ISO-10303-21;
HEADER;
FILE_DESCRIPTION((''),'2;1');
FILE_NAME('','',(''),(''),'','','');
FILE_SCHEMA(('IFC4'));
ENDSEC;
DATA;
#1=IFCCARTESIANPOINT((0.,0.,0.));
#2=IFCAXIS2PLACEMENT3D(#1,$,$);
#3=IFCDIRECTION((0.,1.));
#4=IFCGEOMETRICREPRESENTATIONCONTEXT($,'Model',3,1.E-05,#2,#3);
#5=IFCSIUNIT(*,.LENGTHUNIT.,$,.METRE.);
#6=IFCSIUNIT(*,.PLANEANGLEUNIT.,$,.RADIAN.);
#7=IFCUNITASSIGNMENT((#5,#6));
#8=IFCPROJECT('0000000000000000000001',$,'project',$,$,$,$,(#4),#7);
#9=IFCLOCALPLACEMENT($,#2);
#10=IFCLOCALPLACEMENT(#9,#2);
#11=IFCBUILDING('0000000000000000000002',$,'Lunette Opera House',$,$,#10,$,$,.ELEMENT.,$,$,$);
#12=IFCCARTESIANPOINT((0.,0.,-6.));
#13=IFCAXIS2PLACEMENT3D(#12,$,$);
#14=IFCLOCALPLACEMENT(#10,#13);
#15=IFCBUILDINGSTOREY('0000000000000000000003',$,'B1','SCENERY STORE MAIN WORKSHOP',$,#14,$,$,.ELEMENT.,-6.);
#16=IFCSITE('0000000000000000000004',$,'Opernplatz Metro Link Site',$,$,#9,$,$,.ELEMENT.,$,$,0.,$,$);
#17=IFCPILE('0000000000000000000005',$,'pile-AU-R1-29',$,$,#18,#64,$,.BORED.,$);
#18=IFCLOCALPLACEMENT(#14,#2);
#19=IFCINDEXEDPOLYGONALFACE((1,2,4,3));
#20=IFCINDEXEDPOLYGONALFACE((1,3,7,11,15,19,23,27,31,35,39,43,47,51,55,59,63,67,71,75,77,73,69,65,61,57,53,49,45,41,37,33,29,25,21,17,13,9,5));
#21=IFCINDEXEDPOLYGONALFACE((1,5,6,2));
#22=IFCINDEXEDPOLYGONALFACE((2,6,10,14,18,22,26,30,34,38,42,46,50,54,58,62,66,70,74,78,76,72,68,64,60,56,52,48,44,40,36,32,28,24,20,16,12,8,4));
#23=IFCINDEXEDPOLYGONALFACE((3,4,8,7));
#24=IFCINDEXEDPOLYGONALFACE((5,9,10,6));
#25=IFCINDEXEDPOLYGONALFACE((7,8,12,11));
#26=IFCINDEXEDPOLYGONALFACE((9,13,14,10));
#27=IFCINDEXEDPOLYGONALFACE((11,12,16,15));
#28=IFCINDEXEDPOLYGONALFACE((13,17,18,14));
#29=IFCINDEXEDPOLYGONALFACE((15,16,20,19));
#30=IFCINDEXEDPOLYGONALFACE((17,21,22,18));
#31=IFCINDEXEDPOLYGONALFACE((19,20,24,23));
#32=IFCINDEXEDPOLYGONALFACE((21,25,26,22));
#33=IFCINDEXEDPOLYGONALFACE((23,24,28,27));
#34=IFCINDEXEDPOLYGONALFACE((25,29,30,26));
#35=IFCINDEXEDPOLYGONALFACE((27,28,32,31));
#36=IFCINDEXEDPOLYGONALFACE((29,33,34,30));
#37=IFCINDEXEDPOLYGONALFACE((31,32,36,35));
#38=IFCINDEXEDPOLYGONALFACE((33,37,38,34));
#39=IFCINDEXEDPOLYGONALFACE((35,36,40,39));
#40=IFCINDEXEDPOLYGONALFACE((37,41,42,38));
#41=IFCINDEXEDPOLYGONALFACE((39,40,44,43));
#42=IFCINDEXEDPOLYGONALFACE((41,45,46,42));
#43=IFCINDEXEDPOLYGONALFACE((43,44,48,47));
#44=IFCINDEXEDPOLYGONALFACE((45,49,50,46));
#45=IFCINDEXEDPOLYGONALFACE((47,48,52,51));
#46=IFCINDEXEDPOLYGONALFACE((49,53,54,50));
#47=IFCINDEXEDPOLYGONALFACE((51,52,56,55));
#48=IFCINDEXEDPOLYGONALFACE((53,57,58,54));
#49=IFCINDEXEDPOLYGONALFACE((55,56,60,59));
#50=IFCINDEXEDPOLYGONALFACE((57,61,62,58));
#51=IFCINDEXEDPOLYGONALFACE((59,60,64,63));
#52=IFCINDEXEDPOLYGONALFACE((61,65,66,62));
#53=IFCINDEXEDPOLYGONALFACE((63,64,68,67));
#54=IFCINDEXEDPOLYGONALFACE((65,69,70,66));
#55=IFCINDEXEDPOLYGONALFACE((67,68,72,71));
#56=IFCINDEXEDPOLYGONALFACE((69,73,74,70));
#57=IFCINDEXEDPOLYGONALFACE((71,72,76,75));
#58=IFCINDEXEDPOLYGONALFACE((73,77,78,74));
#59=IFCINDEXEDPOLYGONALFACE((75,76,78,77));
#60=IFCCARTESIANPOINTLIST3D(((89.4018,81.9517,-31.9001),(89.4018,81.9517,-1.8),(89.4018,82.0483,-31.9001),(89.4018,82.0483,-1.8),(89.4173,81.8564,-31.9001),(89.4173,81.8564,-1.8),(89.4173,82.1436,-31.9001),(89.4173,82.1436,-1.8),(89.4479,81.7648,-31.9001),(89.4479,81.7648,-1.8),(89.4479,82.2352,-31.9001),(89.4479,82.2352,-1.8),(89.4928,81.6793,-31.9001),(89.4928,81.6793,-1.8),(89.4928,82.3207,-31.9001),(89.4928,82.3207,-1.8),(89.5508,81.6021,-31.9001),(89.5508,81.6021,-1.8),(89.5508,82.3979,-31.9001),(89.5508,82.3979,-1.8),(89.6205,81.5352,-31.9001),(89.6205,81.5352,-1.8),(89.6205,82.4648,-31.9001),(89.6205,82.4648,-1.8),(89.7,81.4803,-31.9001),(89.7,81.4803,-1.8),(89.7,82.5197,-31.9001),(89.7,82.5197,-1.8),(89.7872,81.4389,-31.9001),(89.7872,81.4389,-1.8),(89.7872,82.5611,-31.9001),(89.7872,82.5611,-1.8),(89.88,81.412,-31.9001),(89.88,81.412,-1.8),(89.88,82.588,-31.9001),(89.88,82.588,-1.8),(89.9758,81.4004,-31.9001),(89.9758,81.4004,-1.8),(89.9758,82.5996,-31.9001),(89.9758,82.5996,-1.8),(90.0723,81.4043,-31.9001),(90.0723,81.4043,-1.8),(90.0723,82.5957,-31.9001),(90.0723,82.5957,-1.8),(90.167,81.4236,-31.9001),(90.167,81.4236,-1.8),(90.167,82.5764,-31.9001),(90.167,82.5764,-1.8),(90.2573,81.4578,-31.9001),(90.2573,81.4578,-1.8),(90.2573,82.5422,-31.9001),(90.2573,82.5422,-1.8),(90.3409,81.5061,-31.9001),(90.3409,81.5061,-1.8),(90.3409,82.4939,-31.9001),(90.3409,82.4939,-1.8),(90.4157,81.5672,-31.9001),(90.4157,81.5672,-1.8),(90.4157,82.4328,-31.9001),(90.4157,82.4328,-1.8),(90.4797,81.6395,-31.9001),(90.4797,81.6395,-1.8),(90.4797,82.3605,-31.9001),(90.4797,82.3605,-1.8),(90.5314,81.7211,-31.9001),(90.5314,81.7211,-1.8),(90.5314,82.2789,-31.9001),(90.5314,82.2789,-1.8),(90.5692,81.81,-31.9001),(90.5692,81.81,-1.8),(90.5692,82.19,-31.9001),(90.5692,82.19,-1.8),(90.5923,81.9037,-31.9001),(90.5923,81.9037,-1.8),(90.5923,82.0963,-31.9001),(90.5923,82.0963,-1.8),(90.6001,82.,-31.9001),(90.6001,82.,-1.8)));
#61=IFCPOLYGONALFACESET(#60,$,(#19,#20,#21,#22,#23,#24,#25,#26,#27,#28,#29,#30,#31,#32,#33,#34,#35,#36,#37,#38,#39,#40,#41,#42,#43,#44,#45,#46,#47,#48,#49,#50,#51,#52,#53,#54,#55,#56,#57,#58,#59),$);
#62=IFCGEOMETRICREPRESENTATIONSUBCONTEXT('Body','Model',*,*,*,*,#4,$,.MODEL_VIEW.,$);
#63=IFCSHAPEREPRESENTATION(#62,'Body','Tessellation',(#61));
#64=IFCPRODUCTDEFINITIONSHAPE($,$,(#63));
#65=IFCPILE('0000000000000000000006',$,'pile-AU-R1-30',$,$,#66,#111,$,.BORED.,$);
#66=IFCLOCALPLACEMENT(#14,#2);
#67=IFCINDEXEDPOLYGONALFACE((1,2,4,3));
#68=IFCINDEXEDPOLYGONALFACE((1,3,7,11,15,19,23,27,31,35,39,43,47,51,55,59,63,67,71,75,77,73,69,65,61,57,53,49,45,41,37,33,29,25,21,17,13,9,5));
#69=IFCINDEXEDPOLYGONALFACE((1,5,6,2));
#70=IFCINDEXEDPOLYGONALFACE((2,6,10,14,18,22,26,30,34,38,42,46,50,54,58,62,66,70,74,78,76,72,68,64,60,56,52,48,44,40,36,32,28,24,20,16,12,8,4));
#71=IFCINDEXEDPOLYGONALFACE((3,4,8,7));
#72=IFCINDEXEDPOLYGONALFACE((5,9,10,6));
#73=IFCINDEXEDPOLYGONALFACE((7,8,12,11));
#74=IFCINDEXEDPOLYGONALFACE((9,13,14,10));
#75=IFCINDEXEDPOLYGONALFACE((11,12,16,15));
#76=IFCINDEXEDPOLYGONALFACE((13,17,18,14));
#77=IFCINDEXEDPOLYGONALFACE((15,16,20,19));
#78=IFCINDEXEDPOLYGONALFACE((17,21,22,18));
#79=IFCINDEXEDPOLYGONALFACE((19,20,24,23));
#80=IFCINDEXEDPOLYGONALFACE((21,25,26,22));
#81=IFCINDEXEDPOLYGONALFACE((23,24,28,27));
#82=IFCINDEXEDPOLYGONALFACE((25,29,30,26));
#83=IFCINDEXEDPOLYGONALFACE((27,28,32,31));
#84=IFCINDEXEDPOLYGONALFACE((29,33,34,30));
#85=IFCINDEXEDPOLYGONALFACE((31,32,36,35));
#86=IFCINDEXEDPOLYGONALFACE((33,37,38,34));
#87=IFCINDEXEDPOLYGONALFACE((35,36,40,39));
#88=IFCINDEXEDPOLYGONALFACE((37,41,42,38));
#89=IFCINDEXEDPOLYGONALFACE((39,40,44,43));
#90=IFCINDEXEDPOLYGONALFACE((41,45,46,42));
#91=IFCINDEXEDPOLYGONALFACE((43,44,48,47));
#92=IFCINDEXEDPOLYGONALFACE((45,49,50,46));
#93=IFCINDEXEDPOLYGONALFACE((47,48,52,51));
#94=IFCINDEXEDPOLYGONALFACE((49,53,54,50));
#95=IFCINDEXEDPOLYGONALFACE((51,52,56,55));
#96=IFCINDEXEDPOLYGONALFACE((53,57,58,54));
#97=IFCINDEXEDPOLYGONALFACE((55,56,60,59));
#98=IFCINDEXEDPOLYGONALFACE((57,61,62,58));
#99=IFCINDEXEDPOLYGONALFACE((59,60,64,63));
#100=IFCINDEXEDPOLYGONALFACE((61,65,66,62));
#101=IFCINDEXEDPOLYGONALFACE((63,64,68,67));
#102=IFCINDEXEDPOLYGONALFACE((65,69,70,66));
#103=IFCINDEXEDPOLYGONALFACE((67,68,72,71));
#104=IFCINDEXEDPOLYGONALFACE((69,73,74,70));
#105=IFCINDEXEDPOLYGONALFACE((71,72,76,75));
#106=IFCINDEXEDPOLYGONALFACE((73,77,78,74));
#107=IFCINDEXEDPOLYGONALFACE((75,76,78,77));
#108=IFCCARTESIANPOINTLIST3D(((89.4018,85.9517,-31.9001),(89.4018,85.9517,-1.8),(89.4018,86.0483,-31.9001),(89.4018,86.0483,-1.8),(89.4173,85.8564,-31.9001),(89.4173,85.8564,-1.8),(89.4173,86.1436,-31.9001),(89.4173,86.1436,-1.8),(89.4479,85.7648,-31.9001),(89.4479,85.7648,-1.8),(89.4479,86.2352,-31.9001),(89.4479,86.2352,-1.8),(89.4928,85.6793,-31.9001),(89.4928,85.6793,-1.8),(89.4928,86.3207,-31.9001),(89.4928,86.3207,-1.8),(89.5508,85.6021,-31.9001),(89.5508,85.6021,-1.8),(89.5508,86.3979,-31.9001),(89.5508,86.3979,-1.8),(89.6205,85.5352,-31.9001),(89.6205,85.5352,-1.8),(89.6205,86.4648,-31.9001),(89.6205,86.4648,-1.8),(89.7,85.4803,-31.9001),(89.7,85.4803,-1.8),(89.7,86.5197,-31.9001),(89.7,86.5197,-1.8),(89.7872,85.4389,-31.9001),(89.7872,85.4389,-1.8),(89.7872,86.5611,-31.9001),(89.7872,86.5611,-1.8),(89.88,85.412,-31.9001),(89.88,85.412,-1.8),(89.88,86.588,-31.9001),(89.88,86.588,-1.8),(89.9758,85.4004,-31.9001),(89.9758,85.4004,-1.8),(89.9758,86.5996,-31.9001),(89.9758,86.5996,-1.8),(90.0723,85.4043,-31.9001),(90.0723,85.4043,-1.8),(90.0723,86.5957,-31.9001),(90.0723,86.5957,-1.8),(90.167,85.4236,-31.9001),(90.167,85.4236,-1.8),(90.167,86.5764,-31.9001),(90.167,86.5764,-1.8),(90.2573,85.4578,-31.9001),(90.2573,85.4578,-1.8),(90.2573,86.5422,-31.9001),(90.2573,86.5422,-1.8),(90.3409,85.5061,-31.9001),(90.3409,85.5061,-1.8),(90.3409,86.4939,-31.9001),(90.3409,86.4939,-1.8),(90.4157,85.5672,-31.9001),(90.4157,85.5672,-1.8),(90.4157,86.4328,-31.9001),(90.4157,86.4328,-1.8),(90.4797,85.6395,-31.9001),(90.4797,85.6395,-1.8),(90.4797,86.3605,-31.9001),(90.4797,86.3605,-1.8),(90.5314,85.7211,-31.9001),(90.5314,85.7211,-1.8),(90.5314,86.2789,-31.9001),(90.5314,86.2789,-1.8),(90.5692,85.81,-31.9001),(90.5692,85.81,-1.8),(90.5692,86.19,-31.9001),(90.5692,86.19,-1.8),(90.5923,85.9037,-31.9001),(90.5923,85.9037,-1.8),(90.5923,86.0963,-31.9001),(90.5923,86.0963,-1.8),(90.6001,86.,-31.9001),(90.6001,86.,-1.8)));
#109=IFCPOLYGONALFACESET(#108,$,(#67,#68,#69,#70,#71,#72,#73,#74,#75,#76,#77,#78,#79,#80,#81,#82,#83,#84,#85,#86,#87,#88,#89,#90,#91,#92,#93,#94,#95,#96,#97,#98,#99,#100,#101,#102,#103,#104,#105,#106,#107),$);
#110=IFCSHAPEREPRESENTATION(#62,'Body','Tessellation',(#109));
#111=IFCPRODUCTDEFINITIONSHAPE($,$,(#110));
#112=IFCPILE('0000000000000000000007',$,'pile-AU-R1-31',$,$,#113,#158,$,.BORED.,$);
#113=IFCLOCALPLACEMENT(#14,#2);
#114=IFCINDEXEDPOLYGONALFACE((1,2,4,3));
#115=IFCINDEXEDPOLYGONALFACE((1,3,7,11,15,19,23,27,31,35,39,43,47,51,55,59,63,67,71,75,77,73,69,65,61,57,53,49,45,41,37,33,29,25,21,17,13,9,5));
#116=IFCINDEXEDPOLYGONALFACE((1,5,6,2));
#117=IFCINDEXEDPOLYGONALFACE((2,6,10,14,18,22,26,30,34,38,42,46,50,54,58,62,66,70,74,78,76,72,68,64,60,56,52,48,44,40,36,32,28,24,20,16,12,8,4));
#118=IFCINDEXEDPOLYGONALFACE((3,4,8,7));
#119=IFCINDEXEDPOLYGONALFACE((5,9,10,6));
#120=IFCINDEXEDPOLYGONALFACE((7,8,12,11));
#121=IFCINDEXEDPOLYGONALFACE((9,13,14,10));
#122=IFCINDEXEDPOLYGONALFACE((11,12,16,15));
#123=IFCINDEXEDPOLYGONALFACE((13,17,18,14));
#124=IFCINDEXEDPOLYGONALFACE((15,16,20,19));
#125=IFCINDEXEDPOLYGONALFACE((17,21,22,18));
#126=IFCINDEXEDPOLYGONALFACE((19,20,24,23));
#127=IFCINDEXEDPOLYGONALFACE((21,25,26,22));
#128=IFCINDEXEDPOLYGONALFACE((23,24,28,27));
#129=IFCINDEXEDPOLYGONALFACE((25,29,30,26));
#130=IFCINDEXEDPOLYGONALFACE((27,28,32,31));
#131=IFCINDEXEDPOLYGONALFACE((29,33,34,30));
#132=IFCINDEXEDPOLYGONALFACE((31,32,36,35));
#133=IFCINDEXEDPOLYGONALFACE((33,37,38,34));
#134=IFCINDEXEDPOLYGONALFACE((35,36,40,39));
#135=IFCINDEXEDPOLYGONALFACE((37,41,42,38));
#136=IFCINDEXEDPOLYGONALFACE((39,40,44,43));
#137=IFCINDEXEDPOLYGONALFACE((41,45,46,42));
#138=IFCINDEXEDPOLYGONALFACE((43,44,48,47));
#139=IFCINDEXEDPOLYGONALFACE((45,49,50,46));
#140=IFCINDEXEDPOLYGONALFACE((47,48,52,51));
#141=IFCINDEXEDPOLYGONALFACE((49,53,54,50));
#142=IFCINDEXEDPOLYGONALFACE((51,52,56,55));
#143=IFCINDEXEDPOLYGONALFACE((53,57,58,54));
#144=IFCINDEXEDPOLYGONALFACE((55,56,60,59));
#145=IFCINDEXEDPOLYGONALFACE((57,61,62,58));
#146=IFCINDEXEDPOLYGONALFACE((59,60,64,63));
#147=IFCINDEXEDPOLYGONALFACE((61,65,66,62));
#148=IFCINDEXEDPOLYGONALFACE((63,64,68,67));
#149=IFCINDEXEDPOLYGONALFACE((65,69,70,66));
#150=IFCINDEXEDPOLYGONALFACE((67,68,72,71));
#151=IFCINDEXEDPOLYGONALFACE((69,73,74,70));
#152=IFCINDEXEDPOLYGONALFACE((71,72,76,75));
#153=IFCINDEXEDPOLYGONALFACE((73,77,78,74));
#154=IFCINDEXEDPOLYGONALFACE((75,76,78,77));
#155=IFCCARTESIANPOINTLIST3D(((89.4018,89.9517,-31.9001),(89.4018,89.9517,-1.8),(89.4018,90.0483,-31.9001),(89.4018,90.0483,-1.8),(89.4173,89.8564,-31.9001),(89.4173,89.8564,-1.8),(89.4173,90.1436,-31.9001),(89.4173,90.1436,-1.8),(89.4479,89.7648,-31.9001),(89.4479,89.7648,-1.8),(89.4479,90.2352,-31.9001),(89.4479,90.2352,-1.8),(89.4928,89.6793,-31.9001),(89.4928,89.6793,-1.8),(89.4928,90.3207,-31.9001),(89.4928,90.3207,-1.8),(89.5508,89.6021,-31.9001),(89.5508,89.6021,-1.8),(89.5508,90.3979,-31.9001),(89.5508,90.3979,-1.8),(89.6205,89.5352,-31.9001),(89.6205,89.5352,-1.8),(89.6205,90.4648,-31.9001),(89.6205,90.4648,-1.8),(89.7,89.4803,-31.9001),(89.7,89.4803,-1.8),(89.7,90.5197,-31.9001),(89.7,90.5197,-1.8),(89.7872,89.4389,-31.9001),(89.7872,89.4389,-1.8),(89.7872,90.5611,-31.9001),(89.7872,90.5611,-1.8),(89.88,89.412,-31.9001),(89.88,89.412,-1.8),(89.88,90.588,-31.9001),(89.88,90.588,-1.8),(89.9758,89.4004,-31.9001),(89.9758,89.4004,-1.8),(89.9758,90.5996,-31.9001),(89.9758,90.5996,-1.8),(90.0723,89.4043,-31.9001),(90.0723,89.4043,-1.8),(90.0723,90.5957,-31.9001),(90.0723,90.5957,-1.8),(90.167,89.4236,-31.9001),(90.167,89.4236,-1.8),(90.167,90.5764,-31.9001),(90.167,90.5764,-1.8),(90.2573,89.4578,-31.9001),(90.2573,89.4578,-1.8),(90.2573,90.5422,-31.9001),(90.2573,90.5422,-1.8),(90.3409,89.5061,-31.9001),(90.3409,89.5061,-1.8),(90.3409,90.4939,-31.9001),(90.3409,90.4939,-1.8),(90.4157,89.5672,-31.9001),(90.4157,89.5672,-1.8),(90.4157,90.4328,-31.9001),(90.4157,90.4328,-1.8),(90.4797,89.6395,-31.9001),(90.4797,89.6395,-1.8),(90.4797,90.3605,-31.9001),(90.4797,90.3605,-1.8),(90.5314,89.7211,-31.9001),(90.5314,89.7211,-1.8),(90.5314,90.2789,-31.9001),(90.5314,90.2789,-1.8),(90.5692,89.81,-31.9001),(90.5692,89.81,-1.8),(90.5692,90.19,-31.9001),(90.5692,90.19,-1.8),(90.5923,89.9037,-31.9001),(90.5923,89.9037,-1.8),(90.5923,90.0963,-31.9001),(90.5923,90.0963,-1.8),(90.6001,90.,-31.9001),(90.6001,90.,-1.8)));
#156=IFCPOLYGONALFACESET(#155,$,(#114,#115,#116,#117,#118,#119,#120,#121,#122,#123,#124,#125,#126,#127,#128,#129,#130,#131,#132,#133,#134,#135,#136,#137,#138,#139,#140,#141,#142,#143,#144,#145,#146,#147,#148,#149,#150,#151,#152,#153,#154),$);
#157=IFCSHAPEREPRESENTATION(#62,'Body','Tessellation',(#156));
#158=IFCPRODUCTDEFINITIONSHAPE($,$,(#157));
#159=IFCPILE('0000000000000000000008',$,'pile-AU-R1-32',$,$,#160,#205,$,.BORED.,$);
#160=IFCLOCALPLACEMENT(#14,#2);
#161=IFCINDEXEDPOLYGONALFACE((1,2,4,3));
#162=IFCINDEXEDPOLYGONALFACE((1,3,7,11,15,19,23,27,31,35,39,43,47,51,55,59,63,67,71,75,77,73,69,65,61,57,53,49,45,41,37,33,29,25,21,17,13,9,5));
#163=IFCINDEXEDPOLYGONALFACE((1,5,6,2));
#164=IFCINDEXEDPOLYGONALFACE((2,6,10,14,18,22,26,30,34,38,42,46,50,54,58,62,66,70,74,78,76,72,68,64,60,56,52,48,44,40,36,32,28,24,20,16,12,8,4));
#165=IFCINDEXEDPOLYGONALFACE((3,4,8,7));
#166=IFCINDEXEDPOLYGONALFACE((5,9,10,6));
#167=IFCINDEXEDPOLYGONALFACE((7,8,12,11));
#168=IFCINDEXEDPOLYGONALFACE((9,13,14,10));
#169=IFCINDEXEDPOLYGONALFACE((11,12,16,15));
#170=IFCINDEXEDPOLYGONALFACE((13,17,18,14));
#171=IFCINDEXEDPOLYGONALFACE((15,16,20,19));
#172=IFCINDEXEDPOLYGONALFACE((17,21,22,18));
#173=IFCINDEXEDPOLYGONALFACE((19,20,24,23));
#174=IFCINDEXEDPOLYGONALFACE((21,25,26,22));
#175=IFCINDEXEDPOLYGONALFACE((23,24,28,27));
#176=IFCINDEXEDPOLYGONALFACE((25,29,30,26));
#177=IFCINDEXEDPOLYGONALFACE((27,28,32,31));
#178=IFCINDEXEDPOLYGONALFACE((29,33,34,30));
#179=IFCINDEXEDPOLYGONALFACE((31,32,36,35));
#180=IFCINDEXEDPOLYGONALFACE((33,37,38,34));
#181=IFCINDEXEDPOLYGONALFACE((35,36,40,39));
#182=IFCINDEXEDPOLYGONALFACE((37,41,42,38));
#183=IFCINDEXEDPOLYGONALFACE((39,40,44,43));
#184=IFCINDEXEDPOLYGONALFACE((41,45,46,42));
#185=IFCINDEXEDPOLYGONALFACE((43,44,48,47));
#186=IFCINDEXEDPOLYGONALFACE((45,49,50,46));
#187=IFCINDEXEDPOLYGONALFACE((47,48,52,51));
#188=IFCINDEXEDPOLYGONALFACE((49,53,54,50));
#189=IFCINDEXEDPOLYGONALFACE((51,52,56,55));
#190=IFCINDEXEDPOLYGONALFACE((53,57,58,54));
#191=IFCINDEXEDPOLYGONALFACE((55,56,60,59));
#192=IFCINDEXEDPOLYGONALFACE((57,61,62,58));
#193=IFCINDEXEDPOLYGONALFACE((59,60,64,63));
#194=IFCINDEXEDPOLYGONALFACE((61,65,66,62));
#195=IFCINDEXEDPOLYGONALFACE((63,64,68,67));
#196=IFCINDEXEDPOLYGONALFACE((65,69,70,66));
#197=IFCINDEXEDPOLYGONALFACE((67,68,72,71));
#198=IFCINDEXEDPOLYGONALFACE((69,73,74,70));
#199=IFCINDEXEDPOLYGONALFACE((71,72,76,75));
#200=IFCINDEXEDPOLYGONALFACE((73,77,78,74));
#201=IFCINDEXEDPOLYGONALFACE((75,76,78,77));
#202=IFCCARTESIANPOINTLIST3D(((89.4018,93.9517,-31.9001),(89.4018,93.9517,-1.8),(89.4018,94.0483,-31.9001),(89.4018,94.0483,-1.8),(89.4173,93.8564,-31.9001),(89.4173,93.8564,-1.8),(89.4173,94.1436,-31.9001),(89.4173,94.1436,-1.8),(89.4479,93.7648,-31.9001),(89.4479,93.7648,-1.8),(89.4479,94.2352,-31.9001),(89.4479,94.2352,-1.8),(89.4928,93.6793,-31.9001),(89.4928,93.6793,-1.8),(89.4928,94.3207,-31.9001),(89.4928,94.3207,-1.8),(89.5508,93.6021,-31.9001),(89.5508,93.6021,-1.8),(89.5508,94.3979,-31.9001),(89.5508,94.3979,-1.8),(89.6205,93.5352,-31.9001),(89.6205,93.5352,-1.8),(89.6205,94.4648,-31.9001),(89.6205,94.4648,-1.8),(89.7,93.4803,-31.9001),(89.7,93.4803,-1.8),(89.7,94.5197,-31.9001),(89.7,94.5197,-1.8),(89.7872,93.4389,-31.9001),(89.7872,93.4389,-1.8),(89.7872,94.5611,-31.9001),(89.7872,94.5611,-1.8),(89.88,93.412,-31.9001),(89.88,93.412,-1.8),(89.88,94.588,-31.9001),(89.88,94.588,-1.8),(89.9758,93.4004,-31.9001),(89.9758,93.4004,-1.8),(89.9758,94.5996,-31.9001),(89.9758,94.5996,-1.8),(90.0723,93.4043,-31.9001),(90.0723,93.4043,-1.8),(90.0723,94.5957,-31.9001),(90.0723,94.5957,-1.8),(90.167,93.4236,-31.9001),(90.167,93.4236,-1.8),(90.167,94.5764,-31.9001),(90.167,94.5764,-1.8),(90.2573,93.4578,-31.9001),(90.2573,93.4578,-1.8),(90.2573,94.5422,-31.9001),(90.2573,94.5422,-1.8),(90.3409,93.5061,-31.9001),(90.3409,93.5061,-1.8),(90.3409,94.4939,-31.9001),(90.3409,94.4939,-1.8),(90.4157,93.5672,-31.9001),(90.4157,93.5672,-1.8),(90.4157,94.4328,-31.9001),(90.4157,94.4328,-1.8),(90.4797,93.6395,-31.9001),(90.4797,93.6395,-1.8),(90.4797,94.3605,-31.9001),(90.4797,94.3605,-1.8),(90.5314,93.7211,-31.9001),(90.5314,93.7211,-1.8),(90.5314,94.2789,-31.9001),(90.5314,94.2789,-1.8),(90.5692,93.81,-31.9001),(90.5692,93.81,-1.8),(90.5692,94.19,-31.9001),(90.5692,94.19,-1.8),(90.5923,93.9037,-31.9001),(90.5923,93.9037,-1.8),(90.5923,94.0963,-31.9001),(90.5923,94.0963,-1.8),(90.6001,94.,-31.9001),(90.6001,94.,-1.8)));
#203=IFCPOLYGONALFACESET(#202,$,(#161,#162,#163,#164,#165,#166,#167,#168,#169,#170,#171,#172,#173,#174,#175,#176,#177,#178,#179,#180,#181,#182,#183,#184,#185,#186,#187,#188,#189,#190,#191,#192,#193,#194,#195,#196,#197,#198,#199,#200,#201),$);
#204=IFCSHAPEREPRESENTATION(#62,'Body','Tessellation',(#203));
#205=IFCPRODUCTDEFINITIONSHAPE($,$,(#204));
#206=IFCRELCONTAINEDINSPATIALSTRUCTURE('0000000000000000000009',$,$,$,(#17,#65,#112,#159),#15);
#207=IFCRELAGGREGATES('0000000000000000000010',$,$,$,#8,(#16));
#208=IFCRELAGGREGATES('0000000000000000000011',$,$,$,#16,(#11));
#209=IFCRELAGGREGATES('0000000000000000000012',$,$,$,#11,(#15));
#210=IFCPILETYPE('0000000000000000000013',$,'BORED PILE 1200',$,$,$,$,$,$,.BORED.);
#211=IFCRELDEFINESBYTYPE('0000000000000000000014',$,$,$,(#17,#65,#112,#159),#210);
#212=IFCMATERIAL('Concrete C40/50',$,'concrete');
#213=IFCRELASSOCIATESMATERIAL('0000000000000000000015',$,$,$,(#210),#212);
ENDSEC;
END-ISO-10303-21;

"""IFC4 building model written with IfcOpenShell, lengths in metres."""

from ifc_helpers import new_model, si_unit, direction, frame, origin, origin_2d, place, context, subcontext, project, spatial, circle, extrude, material, material_profile, profile_set, type_object, element, save


model = new_model("IFC4")

# Units and contexts
model_context = context("Model", 3, precision=1e-05, world=origin(), true_north=direction((0.0, 1.0)))
body_context = subcontext(model_context, "Body", "Model", "MODEL_VIEW")
ifc_project = project(units=[si_unit("LENGTHUNIT", "METRE"), si_unit("PLANEANGLEUNIT", "RADIAN")], contexts=[model_context])

# Site, building, storey
site_placement = place(None, origin())
site = spatial("IfcSite", under=ifc_project, at=site_placement, Name="Opernplatz Metro Link Site", CompositionType="ELEMENT", RefElevation=0.0)
building_placement = place(site_placement, origin())
building = spatial("IfcBuilding", under=site, at=building_placement, Name="Lunette Opera House", CompositionType="ELEMENT")
storey_placement = place(building_placement, frame((0.0, 0.0, -6.0)))
storey = spatial("IfcBuildingStorey", under=building, at=storey_placement, Name="B1", Description="SCENERY STORE MAIN WORKSHOP", CompositionType="ELEMENT", Elevation=-6.0)

# Piles
ifc_material_1 = material(Name="Concrete C40/50", Category="concrete")
ifc_material_profile_1 = material_profile(ifc_material_1, circle(Radius=0.6001, at=origin_2d()), Name="BORED PILE 1200")
ifc_profile_set_1 = profile_set([ifc_material_profile_1], Name="Concrete C40/50")
pile_type = type_object("IfcPileType", Name="BORED PILE 1200", PredefinedType="BORED", material=ifc_profile_set_1)
for number, where, z_axis, x_axis, name in (
    (1, (90.0, 82.0, -1.8), (0.0, 0.0, -1.0), (1.0, 0.0, 0.0), "pile-AU-R1-29"),
    (2, (90.0, 86.0, -1.8), (0.0, 0.0, -1.0), (1.0, 0.0, 0.0), "pile-AU-R1-30"),
    (3, (90.0, 90.0, -1.8), (0.0, 0.0, -1.0), (1.0, 0.0, 0.0), "pile-AU-R1-31"),
    (4, (90.0, 94.0, -1.8), (0.0, 0.0, -1.0), (1.0, 0.0, 0.0), "pile-AU-R1-32"),
):
    element("IfcPile", number, at=place(storey_placement, frame(where, z_axis=z_axis, x_axis=x_axis)), inside=storey, type_object=pile_type, Name=name, PredefinedType="BORED", context=body_context, shape_type="SweptSolid", body=[
        extrude(circle(Radius=0.6001, at=origin_2d()), origin(), (0.0, 0.0, 1.0), 30.1001),
    ])

save(model, "model.ifc")
